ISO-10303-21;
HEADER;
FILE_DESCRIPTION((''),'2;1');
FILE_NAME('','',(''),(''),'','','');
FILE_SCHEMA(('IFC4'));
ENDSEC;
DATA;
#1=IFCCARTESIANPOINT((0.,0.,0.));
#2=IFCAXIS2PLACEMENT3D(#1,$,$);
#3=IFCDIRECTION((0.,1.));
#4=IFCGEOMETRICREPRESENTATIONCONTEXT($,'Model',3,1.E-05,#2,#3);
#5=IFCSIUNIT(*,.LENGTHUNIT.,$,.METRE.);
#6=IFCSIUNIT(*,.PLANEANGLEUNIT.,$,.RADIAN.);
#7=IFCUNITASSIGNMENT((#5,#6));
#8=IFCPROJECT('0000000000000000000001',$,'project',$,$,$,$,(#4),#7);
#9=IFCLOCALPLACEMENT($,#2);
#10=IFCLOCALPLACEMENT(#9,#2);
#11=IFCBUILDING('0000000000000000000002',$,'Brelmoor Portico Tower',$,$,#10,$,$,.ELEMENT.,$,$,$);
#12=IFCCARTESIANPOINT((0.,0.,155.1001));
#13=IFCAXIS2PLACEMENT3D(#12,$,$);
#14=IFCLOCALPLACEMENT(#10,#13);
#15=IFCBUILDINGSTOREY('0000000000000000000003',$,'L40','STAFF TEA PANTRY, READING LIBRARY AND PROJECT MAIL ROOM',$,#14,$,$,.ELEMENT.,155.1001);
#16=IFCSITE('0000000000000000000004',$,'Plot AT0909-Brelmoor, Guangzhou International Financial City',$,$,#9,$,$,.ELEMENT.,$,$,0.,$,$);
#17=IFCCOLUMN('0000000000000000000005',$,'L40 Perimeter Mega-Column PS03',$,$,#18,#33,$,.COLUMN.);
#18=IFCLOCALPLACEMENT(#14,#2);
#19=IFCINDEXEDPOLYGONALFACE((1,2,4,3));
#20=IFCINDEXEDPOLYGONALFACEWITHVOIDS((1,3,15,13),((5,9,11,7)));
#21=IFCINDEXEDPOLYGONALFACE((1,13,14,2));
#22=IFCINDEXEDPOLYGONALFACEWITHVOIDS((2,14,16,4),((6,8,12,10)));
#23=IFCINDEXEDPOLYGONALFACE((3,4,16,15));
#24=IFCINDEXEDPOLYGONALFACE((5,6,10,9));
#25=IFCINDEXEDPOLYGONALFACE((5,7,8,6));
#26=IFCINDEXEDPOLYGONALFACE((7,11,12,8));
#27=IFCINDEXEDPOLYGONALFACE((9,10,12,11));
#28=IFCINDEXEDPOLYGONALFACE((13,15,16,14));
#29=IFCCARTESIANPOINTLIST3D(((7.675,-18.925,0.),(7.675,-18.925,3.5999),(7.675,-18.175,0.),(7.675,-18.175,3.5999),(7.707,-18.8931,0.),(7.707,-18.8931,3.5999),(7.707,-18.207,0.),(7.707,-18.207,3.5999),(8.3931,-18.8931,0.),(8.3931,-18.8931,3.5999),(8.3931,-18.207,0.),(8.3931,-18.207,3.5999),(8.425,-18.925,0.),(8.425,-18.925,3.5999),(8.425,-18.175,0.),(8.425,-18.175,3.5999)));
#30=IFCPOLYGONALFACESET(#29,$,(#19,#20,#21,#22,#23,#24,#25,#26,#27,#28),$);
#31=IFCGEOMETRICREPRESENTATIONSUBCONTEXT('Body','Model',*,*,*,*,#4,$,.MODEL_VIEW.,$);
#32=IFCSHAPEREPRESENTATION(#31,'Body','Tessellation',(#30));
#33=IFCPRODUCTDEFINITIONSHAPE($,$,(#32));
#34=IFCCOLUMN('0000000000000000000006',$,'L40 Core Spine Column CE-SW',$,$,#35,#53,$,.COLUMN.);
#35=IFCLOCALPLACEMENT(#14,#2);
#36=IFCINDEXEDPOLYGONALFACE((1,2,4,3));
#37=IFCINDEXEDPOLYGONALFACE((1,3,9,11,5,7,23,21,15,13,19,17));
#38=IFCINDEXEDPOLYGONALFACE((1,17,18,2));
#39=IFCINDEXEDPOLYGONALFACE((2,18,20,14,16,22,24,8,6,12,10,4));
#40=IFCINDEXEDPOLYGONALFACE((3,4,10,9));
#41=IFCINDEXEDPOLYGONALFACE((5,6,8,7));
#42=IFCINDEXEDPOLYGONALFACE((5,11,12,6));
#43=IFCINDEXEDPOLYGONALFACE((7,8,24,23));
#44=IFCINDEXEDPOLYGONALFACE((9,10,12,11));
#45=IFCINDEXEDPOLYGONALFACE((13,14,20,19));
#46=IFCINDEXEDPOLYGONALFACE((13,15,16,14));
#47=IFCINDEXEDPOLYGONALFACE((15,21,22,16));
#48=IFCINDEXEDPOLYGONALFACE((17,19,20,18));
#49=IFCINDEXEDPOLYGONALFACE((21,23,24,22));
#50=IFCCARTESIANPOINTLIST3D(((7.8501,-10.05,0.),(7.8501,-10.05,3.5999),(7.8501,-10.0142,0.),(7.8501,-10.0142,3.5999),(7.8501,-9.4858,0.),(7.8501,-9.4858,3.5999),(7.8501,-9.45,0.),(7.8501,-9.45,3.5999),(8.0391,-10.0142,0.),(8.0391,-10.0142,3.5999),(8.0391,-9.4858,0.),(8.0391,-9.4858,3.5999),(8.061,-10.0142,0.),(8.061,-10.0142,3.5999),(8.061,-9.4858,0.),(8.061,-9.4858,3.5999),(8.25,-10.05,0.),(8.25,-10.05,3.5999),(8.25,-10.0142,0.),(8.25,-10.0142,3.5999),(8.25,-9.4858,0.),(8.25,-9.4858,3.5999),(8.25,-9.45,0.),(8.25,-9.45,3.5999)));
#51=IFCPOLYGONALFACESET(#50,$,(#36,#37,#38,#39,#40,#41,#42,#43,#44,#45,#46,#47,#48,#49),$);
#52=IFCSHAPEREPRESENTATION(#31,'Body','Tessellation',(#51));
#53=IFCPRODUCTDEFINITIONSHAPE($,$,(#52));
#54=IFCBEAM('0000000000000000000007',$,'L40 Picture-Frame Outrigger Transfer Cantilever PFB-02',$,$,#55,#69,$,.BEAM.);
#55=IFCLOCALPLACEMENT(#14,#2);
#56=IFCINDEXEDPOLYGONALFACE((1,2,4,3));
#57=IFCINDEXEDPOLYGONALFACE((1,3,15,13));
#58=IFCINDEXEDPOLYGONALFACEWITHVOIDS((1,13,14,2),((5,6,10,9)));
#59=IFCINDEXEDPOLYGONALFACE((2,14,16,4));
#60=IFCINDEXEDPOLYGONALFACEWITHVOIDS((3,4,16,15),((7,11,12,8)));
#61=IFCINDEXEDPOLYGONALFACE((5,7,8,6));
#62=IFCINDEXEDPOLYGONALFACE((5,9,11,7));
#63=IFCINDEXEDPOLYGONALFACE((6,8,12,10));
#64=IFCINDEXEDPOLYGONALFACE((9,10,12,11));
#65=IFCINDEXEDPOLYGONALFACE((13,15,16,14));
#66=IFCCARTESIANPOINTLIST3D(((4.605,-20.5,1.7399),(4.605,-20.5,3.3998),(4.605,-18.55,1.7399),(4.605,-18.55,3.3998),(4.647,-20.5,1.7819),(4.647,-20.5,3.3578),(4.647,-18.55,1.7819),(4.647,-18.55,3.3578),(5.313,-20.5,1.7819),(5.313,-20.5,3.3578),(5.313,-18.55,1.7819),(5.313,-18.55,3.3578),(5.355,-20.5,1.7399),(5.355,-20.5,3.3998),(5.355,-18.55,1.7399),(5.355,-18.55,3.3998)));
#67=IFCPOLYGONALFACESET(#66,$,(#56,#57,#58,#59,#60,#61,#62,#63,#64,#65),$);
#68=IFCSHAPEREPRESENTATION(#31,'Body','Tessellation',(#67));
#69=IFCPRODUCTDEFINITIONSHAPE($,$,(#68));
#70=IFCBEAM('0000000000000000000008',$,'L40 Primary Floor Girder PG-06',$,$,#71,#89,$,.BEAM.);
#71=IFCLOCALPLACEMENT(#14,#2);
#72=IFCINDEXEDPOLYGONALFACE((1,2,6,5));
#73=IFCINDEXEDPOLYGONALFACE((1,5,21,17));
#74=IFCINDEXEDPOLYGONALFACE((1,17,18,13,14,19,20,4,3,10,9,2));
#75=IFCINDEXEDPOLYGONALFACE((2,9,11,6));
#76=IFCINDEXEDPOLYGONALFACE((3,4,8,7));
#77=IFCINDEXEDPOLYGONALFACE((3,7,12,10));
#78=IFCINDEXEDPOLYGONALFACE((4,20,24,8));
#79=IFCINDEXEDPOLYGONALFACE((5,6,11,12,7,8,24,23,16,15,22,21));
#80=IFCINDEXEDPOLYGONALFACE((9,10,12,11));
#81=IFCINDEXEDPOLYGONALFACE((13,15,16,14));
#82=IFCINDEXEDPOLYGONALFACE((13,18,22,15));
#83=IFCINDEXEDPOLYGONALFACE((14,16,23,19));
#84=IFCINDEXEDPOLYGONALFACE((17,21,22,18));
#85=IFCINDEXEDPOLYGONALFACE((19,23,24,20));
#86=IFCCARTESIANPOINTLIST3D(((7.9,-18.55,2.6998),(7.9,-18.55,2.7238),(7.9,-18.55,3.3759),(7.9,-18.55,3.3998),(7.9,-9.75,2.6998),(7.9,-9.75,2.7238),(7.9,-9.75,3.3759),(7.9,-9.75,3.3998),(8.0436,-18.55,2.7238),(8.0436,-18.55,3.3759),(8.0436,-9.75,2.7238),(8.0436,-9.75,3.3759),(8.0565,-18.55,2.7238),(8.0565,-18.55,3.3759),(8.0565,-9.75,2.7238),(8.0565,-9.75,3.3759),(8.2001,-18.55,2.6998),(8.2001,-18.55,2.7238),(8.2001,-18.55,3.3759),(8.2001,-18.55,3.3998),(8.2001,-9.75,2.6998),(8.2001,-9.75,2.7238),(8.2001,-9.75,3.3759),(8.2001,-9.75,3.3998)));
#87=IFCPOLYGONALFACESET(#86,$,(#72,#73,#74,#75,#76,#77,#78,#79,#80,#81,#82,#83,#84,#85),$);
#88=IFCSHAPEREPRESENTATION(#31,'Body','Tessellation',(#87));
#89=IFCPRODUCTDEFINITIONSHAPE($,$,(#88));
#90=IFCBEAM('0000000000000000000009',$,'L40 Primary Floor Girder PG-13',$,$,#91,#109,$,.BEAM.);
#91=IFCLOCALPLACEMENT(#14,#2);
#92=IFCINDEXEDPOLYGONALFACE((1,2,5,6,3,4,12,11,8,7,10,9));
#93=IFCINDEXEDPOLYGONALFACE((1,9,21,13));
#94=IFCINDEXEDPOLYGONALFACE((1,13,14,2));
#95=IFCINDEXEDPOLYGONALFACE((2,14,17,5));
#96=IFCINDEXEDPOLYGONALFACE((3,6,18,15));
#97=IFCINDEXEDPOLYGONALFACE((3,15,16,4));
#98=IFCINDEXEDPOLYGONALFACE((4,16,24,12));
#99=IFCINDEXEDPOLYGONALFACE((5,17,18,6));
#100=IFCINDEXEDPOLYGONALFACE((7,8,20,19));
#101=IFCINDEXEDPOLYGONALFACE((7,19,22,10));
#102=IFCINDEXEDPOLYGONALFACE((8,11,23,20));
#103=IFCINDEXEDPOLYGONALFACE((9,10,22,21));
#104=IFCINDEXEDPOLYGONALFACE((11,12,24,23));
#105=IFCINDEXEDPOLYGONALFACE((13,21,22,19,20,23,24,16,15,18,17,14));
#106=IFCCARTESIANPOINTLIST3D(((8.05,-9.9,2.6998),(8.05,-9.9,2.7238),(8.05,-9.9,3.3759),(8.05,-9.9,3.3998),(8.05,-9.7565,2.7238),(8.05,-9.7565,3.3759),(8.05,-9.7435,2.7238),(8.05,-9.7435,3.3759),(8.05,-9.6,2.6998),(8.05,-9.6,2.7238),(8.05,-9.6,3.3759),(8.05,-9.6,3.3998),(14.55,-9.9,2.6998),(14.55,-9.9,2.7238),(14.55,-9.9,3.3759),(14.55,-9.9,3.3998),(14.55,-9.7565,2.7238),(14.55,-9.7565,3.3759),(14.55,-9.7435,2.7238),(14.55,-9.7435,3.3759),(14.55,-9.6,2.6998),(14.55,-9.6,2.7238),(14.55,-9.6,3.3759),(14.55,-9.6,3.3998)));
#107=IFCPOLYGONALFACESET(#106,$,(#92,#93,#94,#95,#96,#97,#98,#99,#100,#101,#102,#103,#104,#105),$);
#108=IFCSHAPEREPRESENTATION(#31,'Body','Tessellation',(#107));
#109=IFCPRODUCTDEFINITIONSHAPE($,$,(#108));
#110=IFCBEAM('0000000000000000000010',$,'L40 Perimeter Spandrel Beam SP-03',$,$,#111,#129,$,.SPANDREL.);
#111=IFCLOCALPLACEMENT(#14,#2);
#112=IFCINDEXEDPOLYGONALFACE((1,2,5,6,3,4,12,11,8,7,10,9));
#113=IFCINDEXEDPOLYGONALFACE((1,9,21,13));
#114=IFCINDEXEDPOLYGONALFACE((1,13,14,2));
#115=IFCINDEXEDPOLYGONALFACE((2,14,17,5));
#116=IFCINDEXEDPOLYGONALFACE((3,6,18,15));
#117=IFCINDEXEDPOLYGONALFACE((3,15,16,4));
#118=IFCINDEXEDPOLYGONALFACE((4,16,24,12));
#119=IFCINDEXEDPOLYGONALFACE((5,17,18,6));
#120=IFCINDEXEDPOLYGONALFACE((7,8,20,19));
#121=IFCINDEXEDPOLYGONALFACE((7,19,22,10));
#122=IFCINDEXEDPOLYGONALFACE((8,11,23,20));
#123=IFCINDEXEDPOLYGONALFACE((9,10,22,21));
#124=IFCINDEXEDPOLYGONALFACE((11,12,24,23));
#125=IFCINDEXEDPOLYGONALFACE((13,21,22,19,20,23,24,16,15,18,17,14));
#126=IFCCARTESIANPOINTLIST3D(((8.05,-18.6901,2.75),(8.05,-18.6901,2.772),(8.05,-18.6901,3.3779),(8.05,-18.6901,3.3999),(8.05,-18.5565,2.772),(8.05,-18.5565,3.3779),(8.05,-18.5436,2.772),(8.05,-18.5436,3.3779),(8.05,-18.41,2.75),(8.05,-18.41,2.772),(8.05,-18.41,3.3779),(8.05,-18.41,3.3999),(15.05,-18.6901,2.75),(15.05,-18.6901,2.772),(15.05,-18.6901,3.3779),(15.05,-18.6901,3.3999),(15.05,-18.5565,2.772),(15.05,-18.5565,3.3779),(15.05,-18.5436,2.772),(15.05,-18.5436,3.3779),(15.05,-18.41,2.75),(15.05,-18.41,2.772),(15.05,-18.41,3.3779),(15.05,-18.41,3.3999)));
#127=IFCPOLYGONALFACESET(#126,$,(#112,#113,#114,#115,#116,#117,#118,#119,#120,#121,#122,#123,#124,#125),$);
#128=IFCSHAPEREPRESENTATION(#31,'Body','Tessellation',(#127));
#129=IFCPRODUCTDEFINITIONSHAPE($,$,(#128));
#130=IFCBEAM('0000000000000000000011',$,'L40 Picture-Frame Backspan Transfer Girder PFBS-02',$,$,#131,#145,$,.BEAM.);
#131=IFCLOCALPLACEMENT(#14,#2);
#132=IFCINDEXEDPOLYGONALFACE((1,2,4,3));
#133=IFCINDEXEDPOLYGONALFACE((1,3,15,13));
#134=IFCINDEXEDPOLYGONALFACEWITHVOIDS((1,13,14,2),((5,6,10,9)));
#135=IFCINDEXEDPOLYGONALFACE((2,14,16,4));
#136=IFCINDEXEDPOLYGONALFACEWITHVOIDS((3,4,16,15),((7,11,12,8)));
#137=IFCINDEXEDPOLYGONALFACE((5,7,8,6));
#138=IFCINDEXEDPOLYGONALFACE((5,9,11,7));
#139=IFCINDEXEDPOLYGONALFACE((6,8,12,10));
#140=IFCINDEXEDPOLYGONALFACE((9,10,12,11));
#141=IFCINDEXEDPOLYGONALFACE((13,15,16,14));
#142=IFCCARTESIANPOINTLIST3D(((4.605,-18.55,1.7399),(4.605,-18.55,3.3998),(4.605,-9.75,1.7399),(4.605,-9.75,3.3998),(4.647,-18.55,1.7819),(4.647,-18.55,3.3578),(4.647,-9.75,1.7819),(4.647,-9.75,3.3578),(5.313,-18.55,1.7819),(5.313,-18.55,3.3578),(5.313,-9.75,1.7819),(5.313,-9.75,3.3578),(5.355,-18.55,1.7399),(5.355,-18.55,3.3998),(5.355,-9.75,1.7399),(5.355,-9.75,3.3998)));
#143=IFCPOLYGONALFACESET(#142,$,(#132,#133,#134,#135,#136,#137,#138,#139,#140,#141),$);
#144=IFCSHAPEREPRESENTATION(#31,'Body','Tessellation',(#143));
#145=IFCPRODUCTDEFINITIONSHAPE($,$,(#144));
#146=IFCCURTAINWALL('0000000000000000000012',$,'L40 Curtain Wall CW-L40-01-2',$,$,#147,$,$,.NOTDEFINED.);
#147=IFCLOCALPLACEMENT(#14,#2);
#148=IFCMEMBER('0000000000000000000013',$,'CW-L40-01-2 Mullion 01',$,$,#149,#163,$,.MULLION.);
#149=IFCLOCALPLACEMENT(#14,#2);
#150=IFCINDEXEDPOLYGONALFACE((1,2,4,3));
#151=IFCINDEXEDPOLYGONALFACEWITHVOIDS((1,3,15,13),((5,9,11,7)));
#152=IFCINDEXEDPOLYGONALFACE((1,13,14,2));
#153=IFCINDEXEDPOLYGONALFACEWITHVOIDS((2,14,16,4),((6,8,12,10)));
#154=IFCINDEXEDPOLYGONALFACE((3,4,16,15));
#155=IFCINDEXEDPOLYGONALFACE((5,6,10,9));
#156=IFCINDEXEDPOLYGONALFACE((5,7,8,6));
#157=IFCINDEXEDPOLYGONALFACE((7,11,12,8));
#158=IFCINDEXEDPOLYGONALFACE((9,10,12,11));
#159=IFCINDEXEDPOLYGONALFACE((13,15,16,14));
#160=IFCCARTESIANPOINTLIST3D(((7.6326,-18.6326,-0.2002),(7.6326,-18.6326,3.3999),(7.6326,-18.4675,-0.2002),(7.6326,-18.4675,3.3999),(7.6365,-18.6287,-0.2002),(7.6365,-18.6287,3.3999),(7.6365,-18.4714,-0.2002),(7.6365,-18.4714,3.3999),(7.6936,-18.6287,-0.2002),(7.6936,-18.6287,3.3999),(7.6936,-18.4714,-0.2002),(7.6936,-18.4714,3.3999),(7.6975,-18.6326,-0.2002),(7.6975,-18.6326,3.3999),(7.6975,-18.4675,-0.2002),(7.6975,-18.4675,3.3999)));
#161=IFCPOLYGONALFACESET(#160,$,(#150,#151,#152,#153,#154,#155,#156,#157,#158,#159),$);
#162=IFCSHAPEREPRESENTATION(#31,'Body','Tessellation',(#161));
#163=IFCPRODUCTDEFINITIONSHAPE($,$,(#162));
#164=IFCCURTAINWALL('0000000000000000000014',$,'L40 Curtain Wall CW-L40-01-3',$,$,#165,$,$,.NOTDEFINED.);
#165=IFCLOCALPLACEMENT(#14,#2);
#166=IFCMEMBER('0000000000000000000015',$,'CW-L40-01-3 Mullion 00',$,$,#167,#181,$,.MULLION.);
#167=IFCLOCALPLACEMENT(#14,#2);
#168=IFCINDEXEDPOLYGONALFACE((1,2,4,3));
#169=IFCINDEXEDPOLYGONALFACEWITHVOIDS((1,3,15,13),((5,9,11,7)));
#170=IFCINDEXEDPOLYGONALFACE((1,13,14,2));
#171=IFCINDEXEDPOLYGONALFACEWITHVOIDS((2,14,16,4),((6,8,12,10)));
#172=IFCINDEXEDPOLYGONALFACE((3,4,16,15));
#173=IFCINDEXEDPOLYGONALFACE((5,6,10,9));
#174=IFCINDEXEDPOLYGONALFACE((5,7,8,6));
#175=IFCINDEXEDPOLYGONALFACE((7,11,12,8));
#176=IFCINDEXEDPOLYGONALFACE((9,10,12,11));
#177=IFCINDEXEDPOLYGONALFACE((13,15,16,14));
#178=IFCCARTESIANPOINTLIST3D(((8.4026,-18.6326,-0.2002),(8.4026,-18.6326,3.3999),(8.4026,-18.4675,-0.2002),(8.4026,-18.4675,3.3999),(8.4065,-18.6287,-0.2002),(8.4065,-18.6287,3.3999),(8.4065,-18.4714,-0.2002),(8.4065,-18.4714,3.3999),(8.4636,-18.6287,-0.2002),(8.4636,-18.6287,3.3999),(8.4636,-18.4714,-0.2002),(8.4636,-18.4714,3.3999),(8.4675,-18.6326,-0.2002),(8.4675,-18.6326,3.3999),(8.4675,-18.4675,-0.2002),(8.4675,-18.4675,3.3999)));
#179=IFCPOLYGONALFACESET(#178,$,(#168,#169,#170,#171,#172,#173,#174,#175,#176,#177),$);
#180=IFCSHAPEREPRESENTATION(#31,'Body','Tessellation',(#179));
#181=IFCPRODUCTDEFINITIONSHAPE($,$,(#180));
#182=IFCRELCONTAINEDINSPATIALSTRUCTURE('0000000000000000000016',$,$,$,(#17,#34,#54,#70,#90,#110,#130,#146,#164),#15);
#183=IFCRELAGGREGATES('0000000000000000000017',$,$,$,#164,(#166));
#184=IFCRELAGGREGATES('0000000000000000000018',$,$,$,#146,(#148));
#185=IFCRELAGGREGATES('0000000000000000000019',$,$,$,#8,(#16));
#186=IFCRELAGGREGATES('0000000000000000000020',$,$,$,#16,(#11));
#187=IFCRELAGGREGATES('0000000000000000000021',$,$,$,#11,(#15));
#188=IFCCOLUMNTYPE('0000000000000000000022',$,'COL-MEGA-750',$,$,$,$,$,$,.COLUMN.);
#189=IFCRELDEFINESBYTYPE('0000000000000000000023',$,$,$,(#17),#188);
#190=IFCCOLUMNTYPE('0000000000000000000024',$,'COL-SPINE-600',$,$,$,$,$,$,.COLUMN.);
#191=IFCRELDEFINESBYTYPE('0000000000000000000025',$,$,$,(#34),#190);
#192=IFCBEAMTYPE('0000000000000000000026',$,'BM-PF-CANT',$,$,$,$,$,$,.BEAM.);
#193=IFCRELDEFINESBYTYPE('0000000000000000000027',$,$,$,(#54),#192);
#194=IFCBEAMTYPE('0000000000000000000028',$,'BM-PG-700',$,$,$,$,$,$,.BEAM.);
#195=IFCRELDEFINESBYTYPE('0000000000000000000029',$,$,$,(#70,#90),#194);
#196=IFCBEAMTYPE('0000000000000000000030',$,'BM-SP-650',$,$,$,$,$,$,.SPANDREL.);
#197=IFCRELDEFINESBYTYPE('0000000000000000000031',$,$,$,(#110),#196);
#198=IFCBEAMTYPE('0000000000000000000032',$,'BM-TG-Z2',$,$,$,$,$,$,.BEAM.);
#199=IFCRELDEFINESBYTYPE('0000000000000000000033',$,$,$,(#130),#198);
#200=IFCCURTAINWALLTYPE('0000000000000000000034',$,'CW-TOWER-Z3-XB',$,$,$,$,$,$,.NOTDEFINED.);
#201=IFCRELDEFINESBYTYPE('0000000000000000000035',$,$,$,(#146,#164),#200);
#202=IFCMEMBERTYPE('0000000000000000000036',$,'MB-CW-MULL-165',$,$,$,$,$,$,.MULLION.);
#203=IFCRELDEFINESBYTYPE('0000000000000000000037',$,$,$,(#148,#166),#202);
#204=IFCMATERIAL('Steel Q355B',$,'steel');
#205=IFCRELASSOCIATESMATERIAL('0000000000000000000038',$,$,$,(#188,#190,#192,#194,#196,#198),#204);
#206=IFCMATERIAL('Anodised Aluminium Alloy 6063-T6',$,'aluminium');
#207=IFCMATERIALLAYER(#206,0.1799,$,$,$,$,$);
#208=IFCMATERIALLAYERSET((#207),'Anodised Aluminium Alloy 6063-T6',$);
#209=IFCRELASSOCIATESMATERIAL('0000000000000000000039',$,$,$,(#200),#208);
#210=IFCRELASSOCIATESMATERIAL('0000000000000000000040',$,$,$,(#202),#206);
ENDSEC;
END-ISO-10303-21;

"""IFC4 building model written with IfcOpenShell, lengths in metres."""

from ifc_helpers import new_model, si_unit, direction, frame, origin, origin_2d, place, context, subcontext, project, spatial, hollow_rectangle, i_section, extrude, material, layer, layer_set, material_profile, profile_set, type_object, element, aggregate, save


model = new_model("IFC4")

# Units and contexts
model_context = context("Model", 3, precision=1e-05, world=origin(), true_north=direction((0.0, 1.0)))
body_context = subcontext(model_context, "Body", "Model", "MODEL_VIEW")
ifc_project = project(units=[si_unit("LENGTHUNIT", "METRE"), si_unit("PLANEANGLEUNIT", "RADIAN")], contexts=[model_context])

# Site, building, storey
site_placement = place(None, origin())
site = spatial("IfcSite", under=ifc_project, at=site_placement, Name="Plot AT0909-Brelmoor, Guangzhou International Financial City", CompositionType="ELEMENT", RefElevation=0.0)
building_placement = place(site_placement, origin())
building = spatial("IfcBuilding", under=site, at=building_placement, Name="Brelmoor Portico Tower", CompositionType="ELEMENT")
storey_placement = place(building_placement, frame((0.0, 0.0, 155.1001)))
storey = spatial("IfcBuildingStorey", under=building, at=storey_placement, Name="L40", Description="STAFF TEA PANTRY, READING LIBRARY AND PROJECT MAIL ROOM", CompositionType="ELEMENT", Elevation=155.1001)

# Columns
ifc_material_1 = material(Name="Steel Q355B", Category="steel")
ifc_material_profile_1 = material_profile(ifc_material_1, hollow_rectangle(XDim=0.75, YDim=0.75, WallThickness=0.032, at=origin_2d()), Name="BOX 750x750x32")
ifc_profile_set_1 = profile_set([ifc_material_profile_1], Name="Steel Q355B")
column_type_1 = type_object("IfcColumnType", Name="COL-MEGA-750", PredefinedType="COLUMN", material=ifc_profile_set_1)
column_1_placement = place(storey_placement, frame((8.05, -18.55, 0.0), z_axis=(0.0, 0.0, 1.0), x_axis=(1.0, 0.0, 0.0)))
element("IfcColumn", 1, at=column_1_placement, inside=storey, type_object=column_type_1, Name="L40 Perimeter Mega-Column PS03", PredefinedType="COLUMN", context=body_context, shape_type="SweptSolid", body=[
    extrude(hollow_rectangle(XDim=0.75, YDim=0.75, WallThickness=0.032, at=origin_2d()), origin(), (0.0, 0.0, 1.0), 3.5999),
])
ifc_material_profile_2 = material_profile(ifc_material_1, i_section(OverallWidth=0.3999, OverallDepth=0.6001, WebThickness=0.022, FlangeThickness=0.0359, at=origin_2d()), Name="HW 600x400x22x36")
ifc_profile_set_2 = profile_set([ifc_material_profile_2], Name="Steel Q355B")
column_type_2 = type_object("IfcColumnType", Name="COL-SPINE-600", PredefinedType="COLUMN", material=ifc_profile_set_2)
column_2_placement = place(storey_placement, frame((8.05, -9.75, 0.0), z_axis=(0.0, 0.0, 1.0), x_axis=(1.0, 0.0, 0.0)))
element("IfcColumn", 2, at=column_2_placement, inside=storey, type_object=column_type_2, Name="L40 Core Spine Column CE-SW", PredefinedType="COLUMN", context=body_context, shape_type="SweptSolid", body=[
    extrude(i_section(OverallWidth=0.3999, OverallDepth=0.6001, WebThickness=0.022, FlangeThickness=0.0359, at=origin_2d()), origin(), (0.0, 0.0, 1.0), 3.5999),
])

# Beams
ifc_material_profile_3 = material_profile(ifc_material_1, hollow_rectangle(XDim=0.75, YDim=1.6599, WallThickness=0.042, at=origin_2d()), Name="BOX 750x1660x42")
ifc_profile_set_3 = profile_set([ifc_material_profile_3], Name="Steel Q355B")
beam_type_1 = type_object("IfcBeamType", Name="BM-PF-CANT", PredefinedType="BEAM", material=ifc_profile_set_3)
beam_1_placement = place(storey_placement, frame((4.98, -20.5, 2.5698), z_axis=(0.0, 1.0, 0.0), x_axis=(-1.0, 0.0, 0.0)))
element("IfcBeam", 3, at=beam_1_placement, inside=storey, type_object=beam_type_1, Name="L40 Picture-Frame Outrigger Transfer Cantilever PFB-02", PredefinedType="BEAM", context=body_context, shape_type="SweptSolid", body=[
    extrude(hollow_rectangle(XDim=0.75, YDim=1.6599, WallThickness=0.042, at=origin_2d()), origin(), (0.0, 0.0, 1.0), 1.95),
])
ifc_material_profile_4 = material_profile(ifc_material_1, i_section(OverallWidth=0.3, OverallDepth=0.7, WebThickness=0.0129, FlangeThickness=0.0239, at=origin_2d()), Name="HN 700x300x13x24")
ifc_profile_set_4 = profile_set([ifc_material_profile_4], Name="Steel Q355B")
beam_type_2 = type_object("IfcBeamType", Name="BM-PG-700", PredefinedType="BEAM", material=ifc_profile_set_4)
beam_2_placement = place(storey_placement, frame((8.05, -18.55, 3.0498), z_axis=(0.0, 1.0, 0.0), x_axis=(-1.0, 0.0, 0.0)))
element("IfcBeam", 4, at=beam_2_placement, inside=storey, type_object=beam_type_2, Name="L40 Primary Floor Girder PG-06", PredefinedType="BEAM", context=body_context, shape_type="SweptSolid", body=[
    extrude(i_section(OverallWidth=0.3, OverallDepth=0.7, WebThickness=0.0129, FlangeThickness=0.0239, at=origin_2d()), origin(), (0.0, 0.0, 1.0), 8.8),
])
beam_3_placement = place(storey_placement, frame((8.05, -9.75, 3.0498), z_axis=(1.0, 0.0, 0.0), x_axis=(0.0, 1.0, 0.0)))
element("IfcBeam", 5, at=beam_3_placement, inside=storey, type_object=beam_type_2, Name="L40 Primary Floor Girder PG-13", PredefinedType="BEAM", context=body_context, shape_type="SweptSolid", body=[
    extrude(i_section(OverallWidth=0.3, OverallDepth=0.7, WebThickness=0.0129, FlangeThickness=0.0239, at=origin_2d()), origin(), (0.0, 0.0, 1.0), 6.5),
])
ifc_material_profile_5 = material_profile(ifc_material_1, i_section(OverallWidth=0.28, OverallDepth=0.6499, WebThickness=0.0129, FlangeThickness=0.022, at=origin_2d()), Name="HN 650x280x13x22")
ifc_profile_set_5 = profile_set([ifc_material_profile_5], Name="Steel Q355B")
beam_type_3 = type_object("IfcBeamType", Name="BM-SP-650", PredefinedType="SPANDREL", material=ifc_profile_set_5)
beam_4_placement = place(storey_placement, frame((8.05, -18.55, 3.075), z_axis=(1.0, 0.0, 0.0), x_axis=(0.0, 1.0, 0.0)))
element("IfcBeam", 6, at=beam_4_placement, inside=storey, type_object=beam_type_3, Name="L40 Perimeter Spandrel Beam SP-03", PredefinedType="SPANDREL", context=body_context, shape_type="SweptSolid", body=[
    extrude(i_section(OverallWidth=0.28, OverallDepth=0.6499, WebThickness=0.0129, FlangeThickness=0.022, at=origin_2d()), origin(), (0.0, 0.0, 1.0), 7.0),
])
ifc_material_profile_6 = material_profile(ifc_material_1, hollow_rectangle(XDim=0.75, YDim=1.6599, WallThickness=0.042, at=origin_2d()), Name="BOX 750x1660x42")
ifc_profile_set_6 = profile_set([ifc_material_profile_6], Name="Steel Q355B")
beam_type_4 = type_object("IfcBeamType", Name="BM-TG-Z2", PredefinedType="BEAM", material=ifc_profile_set_6)
beam_5_placement = place(storey_placement, frame((4.98, -18.55, 2.5698), z_axis=(0.0, 1.0, 0.0), x_axis=(-1.0, 0.0, 0.0)))
element("IfcBeam", 7, at=beam_5_placement, inside=storey, type_object=beam_type_4, Name="L40 Picture-Frame Backspan Transfer Girder PFBS-02", PredefinedType="BEAM", context=body_context, shape_type="SweptSolid", body=[
    extrude(hollow_rectangle(XDim=0.75, YDim=1.6599, WallThickness=0.042, at=origin_2d()), origin(), (0.0, 0.0, 1.0), 8.8),
])

# Curtain wall, member
ifc_material_2 = material(Name="Anodised Aluminium Alloy 6063-T6", Category="aluminium")
ifc_layer_1 = layer(ifc_material_2, 0.1799)
ifc_layer_set_1 = layer_set([ifc_layer_1], Name="Anodised Aluminium Alloy 6063-T6")
curtain_wall_type = type_object("IfcCurtainWallType", Name="CW-TOWER-Z3-XB", PredefinedType="NOTDEFINED", material=ifc_layer_set_1)
curtain_wall_1_placement = place(storey_placement, origin())
curtain_wall_1 = element("IfcCurtainWall", 8, at=curtain_wall_1_placement, inside=storey, type_object=curtain_wall_type, Name="L40 Curtain Wall CW-L40-01-2", PredefinedType="NOTDEFINED")
ifc_material_profile_7 = material_profile(ifc_material_2, hollow_rectangle(XDim=0.0649, YDim=0.165, WallThickness=0.0039, at=origin_2d()), Name="ALU MULLION 65x165")
ifc_profile_set_7 = profile_set([ifc_material_profile_7], Name="Anodised Aluminium Alloy 6063-T6")
member_type_1 = type_object("IfcMemberType", Name="MB-CW-MULL-165", PredefinedType="MULLION", material=ifc_profile_set_7)
member_1_placement = place(storey_placement, frame((7.665, -18.55, -0.2002), z_axis=(0.0, 0.0, 1.0), x_axis=(1.0, 0.0, 0.0)))
member_1 = element("IfcMember", 9, at=member_1_placement, type_object=member_type_1, Name="CW-L40-01-2 Mullion 01", PredefinedType="MULLION", context=body_context, shape_type="SweptSolid", body=[
    extrude(hollow_rectangle(XDim=0.0649, YDim=0.165, WallThickness=0.0039, at=origin_2d()), origin(), (0.0, 0.0, 1.0), 3.6001),
])

# Curtain wall, member
curtain_wall_2_placement = place(storey_placement, origin())
curtain_wall_2 = element("IfcCurtainWall", 10, at=curtain_wall_2_placement, inside=storey, type_object=curtain_wall_type, Name="L40 Curtain Wall CW-L40-01-3", PredefinedType="NOTDEFINED")
member_2_placement = place(storey_placement, frame((8.4351, -18.55, -0.2002), z_axis=(0.0, 0.0, 1.0), x_axis=(1.0, 0.0, 0.0)))
member_2 = element("IfcMember", 11, at=member_2_placement, type_object=member_type_1, Name="CW-L40-01-3 Mullion 00", PredefinedType="MULLION", context=body_context, shape_type="SweptSolid", body=[
    extrude(hollow_rectangle(XDim=0.0649, YDim=0.165, WallThickness=0.0039, at=origin_2d()), origin(), (0.0, 0.0, 1.0), 3.6001),
])
aggregate(curtain_wall_2, [member_2])

aggregate(curtain_wall_1, [member_1])

save(model, "model.ifc")
